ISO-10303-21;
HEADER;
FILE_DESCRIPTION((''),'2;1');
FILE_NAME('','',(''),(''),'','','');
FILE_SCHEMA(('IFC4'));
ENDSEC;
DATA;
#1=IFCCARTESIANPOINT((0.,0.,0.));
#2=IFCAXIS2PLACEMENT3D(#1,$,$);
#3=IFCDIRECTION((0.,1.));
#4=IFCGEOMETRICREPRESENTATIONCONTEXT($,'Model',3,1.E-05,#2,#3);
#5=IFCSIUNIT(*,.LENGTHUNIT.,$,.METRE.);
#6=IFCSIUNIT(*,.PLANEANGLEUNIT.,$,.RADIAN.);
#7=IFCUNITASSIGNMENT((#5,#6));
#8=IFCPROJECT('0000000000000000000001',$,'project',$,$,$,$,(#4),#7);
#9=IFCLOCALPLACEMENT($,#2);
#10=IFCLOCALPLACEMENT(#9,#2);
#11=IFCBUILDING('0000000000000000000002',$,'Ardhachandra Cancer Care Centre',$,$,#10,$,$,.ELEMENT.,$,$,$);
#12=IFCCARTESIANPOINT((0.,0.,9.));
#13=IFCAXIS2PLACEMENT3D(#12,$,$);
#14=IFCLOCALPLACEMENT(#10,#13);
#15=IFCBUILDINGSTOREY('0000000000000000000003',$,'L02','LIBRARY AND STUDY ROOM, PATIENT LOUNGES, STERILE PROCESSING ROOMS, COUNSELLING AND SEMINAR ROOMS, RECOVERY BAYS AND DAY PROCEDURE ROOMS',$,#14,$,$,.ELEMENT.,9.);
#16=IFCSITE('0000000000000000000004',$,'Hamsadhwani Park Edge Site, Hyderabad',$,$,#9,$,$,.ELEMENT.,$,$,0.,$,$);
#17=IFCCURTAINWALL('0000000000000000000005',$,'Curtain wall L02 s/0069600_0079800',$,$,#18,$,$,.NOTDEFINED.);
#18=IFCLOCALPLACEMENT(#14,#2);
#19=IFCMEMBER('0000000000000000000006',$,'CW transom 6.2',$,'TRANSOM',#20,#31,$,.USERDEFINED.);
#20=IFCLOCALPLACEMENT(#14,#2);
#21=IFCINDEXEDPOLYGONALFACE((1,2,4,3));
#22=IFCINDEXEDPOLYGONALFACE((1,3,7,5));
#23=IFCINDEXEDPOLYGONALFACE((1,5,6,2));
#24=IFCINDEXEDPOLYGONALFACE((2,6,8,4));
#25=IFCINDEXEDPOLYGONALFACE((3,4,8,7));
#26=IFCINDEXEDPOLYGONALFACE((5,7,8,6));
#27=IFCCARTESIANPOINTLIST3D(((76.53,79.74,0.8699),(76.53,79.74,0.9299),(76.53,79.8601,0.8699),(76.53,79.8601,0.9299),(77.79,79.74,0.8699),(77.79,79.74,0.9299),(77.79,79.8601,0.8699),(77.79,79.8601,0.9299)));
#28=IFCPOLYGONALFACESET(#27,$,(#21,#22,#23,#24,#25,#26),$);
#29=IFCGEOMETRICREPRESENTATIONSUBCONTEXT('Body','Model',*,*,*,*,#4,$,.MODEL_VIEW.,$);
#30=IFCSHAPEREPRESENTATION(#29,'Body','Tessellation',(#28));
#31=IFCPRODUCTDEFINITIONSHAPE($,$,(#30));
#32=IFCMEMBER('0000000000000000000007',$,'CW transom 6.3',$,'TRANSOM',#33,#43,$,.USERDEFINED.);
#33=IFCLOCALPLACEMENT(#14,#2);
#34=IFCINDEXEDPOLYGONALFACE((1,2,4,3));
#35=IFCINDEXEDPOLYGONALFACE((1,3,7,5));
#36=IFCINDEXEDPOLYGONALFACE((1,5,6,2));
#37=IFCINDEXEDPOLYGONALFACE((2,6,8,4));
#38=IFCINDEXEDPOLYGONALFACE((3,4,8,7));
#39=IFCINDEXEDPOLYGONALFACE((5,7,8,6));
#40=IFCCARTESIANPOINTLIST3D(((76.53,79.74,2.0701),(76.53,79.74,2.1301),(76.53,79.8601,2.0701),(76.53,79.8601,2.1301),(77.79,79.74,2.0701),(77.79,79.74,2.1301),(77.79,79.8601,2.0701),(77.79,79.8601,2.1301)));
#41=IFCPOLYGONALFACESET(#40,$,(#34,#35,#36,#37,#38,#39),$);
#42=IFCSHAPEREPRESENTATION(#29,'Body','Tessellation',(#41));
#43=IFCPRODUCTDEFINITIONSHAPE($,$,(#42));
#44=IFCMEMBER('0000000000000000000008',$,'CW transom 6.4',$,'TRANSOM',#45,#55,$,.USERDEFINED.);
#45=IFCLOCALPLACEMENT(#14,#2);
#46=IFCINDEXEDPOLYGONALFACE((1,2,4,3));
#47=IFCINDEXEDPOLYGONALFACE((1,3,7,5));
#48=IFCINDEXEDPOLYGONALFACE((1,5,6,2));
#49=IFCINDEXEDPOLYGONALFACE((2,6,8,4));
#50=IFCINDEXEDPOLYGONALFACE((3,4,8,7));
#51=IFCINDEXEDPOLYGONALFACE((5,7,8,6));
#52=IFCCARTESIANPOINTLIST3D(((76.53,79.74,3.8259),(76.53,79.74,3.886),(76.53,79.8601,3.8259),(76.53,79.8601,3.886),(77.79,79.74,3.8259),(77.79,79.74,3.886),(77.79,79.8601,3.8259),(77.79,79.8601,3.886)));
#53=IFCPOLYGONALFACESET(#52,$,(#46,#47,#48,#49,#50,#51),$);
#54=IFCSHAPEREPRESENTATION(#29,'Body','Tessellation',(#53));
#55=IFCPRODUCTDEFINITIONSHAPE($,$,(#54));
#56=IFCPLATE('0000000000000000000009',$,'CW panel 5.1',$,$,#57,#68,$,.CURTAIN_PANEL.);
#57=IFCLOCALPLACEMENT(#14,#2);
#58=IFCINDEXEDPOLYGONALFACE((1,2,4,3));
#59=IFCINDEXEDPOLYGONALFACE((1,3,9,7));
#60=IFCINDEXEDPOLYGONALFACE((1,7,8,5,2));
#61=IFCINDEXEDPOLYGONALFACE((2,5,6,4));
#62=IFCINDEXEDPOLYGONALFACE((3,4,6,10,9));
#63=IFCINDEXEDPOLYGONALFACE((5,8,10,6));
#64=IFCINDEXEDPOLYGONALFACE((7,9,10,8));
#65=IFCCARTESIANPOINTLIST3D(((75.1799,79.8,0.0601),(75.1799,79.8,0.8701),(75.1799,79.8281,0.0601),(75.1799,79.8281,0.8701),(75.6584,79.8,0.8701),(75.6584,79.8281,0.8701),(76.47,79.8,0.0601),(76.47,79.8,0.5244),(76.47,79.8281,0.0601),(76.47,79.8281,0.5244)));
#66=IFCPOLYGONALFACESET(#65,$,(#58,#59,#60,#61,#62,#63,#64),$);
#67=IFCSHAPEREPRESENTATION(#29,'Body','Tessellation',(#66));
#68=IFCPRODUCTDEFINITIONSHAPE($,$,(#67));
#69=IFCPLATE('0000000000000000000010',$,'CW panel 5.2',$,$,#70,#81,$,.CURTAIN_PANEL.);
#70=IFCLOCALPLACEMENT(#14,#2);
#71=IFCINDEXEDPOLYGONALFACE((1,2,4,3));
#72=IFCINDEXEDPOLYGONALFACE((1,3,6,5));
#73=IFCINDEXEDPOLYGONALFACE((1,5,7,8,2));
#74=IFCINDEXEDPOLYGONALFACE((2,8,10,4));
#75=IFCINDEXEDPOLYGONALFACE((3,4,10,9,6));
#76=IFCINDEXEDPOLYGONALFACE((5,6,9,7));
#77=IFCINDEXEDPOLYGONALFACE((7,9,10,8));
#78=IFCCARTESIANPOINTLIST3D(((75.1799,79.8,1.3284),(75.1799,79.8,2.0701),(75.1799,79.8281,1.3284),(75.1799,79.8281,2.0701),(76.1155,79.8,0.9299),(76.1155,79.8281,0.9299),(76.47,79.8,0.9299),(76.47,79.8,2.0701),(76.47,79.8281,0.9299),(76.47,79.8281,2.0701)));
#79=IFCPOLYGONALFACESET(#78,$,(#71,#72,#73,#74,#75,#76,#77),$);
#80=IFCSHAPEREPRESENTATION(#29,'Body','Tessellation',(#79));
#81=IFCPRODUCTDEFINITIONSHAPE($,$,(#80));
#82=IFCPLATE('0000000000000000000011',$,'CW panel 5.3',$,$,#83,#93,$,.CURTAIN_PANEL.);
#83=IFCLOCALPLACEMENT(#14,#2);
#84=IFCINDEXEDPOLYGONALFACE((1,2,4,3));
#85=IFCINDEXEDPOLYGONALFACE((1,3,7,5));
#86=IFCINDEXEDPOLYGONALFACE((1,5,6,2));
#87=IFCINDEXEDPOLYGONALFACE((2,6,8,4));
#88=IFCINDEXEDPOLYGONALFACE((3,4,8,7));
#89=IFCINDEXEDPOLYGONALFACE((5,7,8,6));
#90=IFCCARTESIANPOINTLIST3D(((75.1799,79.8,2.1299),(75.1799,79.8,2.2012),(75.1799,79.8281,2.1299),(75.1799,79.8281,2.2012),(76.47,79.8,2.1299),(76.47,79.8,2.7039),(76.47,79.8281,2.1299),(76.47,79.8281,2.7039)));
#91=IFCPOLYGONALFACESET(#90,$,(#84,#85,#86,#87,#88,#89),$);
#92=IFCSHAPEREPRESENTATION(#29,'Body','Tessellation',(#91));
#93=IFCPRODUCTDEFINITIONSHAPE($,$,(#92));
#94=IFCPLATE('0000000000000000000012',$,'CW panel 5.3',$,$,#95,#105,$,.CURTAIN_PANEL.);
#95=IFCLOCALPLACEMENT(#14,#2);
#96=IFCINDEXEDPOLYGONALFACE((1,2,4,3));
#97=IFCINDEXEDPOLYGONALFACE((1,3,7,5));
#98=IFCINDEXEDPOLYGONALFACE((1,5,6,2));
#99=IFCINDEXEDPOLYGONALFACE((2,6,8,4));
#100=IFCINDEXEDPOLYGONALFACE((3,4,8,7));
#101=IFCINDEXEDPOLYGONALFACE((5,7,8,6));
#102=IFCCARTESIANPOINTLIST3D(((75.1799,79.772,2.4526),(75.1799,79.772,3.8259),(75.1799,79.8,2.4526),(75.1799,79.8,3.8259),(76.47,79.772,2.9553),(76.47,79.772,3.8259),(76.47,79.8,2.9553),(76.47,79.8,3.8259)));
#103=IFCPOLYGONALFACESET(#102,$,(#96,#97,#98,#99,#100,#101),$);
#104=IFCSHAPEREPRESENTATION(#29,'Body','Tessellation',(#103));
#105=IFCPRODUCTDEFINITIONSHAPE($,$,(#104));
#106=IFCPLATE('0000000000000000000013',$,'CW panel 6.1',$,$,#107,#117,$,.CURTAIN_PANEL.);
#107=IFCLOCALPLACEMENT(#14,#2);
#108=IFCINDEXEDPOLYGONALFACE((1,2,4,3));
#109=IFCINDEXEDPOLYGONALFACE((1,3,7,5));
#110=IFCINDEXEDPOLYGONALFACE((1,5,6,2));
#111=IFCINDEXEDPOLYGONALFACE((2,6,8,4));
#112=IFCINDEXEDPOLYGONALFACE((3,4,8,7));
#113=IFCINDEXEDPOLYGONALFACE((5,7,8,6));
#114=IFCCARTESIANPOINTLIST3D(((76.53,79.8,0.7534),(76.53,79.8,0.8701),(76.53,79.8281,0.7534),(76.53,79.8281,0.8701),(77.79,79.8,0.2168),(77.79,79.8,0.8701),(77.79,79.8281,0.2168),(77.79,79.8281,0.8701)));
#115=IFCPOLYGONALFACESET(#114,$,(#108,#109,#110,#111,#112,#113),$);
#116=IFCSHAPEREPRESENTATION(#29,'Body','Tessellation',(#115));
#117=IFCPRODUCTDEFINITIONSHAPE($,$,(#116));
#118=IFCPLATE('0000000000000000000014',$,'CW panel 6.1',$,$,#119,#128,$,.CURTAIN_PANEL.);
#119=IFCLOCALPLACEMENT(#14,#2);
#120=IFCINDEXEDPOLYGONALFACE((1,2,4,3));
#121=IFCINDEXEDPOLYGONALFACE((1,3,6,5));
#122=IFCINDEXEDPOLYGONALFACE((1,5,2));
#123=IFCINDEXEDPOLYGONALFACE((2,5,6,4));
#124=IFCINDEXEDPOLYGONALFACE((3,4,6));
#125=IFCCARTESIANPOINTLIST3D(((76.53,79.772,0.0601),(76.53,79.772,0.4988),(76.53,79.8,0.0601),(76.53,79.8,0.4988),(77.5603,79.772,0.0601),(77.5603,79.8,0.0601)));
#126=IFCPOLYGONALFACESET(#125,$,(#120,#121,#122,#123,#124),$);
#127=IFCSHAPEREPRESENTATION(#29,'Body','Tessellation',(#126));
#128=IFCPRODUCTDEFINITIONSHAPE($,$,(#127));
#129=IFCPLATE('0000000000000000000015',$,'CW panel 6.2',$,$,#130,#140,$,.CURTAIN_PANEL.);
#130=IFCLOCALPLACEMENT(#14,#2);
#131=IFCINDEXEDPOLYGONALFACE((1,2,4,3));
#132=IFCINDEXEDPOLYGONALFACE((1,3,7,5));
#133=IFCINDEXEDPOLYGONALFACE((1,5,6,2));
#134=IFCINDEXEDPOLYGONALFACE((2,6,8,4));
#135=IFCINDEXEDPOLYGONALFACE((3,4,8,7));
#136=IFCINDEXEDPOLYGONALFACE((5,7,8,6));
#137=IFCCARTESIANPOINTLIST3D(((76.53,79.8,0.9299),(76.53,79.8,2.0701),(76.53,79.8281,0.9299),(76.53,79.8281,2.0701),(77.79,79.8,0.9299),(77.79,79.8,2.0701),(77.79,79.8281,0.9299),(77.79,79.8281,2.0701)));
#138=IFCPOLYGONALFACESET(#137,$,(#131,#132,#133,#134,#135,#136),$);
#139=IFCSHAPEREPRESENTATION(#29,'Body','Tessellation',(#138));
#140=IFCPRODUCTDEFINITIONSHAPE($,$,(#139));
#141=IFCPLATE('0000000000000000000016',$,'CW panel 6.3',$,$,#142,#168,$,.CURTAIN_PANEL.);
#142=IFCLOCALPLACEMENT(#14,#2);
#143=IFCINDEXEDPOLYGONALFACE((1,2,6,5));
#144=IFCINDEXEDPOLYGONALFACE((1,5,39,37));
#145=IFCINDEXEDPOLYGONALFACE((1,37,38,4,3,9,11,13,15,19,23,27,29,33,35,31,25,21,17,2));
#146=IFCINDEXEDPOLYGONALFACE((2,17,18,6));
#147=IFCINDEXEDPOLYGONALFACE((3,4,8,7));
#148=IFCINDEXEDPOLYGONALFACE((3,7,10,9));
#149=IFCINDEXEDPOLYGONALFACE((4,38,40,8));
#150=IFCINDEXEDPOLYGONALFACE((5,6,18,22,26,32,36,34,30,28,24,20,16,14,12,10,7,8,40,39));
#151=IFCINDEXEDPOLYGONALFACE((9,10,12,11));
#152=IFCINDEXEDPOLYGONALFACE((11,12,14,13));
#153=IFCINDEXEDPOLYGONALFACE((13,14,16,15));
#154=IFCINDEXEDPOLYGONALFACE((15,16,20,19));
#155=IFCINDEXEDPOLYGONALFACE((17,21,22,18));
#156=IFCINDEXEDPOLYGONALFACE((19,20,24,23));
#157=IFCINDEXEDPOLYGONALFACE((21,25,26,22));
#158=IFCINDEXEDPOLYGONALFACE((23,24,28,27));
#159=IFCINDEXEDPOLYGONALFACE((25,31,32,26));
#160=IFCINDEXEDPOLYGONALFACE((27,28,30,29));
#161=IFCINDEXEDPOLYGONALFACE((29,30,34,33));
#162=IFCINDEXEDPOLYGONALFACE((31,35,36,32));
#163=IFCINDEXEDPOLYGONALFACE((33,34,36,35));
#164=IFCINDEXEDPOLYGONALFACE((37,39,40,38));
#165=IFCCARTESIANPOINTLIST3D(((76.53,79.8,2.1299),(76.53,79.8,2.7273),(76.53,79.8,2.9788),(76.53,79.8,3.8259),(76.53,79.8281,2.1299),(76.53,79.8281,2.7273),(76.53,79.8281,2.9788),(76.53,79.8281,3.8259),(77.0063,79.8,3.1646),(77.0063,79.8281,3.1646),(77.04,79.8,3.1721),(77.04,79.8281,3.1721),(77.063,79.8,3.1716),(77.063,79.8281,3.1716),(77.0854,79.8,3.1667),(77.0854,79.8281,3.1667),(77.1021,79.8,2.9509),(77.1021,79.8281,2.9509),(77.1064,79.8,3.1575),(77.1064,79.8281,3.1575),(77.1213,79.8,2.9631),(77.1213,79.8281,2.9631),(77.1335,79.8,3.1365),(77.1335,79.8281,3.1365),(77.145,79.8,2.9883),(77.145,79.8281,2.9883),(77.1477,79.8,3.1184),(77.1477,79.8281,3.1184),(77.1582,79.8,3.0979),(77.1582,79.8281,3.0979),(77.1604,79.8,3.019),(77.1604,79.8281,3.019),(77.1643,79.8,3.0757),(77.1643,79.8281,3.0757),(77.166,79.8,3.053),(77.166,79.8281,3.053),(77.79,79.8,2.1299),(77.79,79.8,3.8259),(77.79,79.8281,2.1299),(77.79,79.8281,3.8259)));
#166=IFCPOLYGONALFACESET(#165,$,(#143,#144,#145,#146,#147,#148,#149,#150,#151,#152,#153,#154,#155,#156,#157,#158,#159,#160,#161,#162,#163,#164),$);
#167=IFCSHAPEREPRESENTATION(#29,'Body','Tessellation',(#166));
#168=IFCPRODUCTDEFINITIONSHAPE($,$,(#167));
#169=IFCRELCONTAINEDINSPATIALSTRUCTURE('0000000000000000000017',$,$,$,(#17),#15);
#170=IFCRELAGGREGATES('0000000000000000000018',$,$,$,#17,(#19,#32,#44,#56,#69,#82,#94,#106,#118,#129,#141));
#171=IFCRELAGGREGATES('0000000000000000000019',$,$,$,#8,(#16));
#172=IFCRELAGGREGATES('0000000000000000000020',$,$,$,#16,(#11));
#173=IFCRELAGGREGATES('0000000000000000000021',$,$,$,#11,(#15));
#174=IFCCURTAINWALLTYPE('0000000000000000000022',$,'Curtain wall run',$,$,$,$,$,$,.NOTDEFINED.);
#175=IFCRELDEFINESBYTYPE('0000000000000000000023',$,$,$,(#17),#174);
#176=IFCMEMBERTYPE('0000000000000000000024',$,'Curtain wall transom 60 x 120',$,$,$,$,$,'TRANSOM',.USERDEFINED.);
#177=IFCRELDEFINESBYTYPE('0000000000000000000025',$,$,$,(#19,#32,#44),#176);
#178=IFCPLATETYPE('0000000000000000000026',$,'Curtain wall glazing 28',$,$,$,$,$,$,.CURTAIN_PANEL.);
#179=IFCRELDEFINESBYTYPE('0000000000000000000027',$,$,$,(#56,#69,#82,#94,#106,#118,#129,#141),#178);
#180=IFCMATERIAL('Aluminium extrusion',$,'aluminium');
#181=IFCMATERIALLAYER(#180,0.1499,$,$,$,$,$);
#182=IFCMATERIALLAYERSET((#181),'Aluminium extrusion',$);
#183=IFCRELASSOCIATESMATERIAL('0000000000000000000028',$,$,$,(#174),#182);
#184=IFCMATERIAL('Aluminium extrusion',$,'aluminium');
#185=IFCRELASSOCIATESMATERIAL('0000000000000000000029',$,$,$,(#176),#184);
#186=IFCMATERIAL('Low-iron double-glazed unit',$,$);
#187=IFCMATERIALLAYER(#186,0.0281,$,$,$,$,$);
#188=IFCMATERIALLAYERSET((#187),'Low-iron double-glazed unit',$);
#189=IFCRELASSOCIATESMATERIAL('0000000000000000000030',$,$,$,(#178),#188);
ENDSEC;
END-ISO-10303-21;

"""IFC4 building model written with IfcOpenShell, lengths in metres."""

from ifc_helpers import new_model, si_unit, direction, frame, origin, origin_2d, place, context, subcontext, project, spatial, polyline, rectangle, outline, extrude, material, layer, layer_set, material_profile, profile_set, type_object, element, aggregate, save


model = new_model("IFC4")

# Units and contexts
model_context = context("Model", 3, precision=1e-05, world=origin(), true_north=direction((0.0, 1.0)))
body_context = subcontext(model_context, "Body", "Model", "MODEL_VIEW")
ifc_project = project(units=[si_unit("LENGTHUNIT", "METRE"), si_unit("PLANEANGLEUNIT", "RADIAN")], contexts=[model_context])

# Site, building, storey
site_placement = place(None, origin())
site = spatial("IfcSite", under=ifc_project, at=site_placement, Name="Hamsadhwani Park Edge Site, Hyderabad", CompositionType="ELEMENT", RefElevation=0.0)
building_placement = place(site_placement, origin())
building = spatial("IfcBuilding", under=site, at=building_placement, Name="Ardhachandra Cancer Care Centre", CompositionType="ELEMENT")
storey_placement = place(building_placement, frame((0.0, 0.0, 9.0)))
storey = spatial("IfcBuildingStorey", under=building, at=storey_placement, Name="L02", Description="LIBRARY AND STUDY ROOM, PATIENT LOUNGES, STERILE PROCESSING ROOMS, COUNSELLING AND SEMINAR ROOMS, RECOVERY BAYS AND DAY PROCEDURE ROOMS", CompositionType="ELEMENT", Elevation=9.0)

# Curtain wall, members, plates
ifc_material_1 = material(Name="Aluminium extrusion", Category="aluminium")
ifc_layer_1 = layer(ifc_material_1, 0.1499)
ifc_layer_set_1 = layer_set([ifc_layer_1], Name="Aluminium extrusion")
curtain_wall_type = type_object("IfcCurtainWallType", Name="Curtain wall run", PredefinedType="NOTDEFINED", material=ifc_layer_set_1)
curtain_wall_placement = place(storey_placement, origin())
curtain_wall = element("IfcCurtainWall", 1, at=curtain_wall_placement, inside=storey, type_object=curtain_wall_type, Name="Curtain wall L02 s/0069600_0079800", PredefinedType="NOTDEFINED")
ifc_material_2 = material(Name="Aluminium extrusion", Category="aluminium")
ifc_material_profile_1 = material_profile(ifc_material_2, rectangle(XDim=0.1201, YDim=0.0601, at=origin_2d()), Name="Curtain wall transom 60 x 120")
ifc_profile_set_1 = profile_set([ifc_material_profile_1], Name="Aluminium extrusion")
member_type_1 = type_object("IfcMemberType", Name="Curtain wall transom 60 x 120", ElementType="TRANSOM", PredefinedType="USERDEFINED", material=ifc_profile_set_1)
member_1_placement = place(storey_placement, frame((76.53, 79.8, 0.8999), z_axis=(1.0, 0.0, 0.0), x_axis=(0.0, 1.0, 0.0)))
member_1 = element("IfcMember", 2, at=member_1_placement, type_object=member_type_1, Name="CW transom 6.2", ObjectType="TRANSOM", PredefinedType="USERDEFINED", context=body_context, shape_type="SweptSolid", body=[
    extrude(rectangle(XDim=0.1201, YDim=0.0601, at=origin_2d()), origin(), (0.0, 0.0, 1.0), 1.26),
])
member_2_placement = place(storey_placement, frame((76.53, 79.8, 2.1001), z_axis=(1.0, 0.0, 0.0), x_axis=(0.0, 1.0, 0.0)))
member_2 = element("IfcMember", 3, at=member_2_placement, type_object=member_type_1, Name="CW transom 6.3", ObjectType="TRANSOM", PredefinedType="USERDEFINED", context=body_context, shape_type="SweptSolid", body=[
    extrude(rectangle(XDim=0.1201, YDim=0.0601, at=origin_2d()), origin(), (0.0, 0.0, 1.0), 1.26),
])
member_3_placement = place(storey_placement, frame((76.53, 79.8, 3.856), z_axis=(1.0, 0.0, 0.0), x_axis=(0.0, 1.0, 0.0)))
member_3 = element("IfcMember", 4, at=member_3_placement, type_object=member_type_1, Name="CW transom 6.4", ObjectType="TRANSOM", PredefinedType="USERDEFINED", context=body_context, shape_type="SweptSolid", body=[
    extrude(rectangle(XDim=0.1201, YDim=0.0601, at=origin_2d()), origin(), (0.0, 0.0, 1.0), 1.26),
])
ifc_material_3 = material(Name="Low-iron double-glazed unit")
ifc_layer_2 = layer(ifc_material_3, 0.0281)
ifc_layer_set_2 = layer_set([ifc_layer_2], Name="Low-iron double-glazed unit")
plate_type = type_object("IfcPlateType", Name="Curtain wall glazing 28", PredefinedType="CURTAIN_PANEL", material=ifc_layer_set_2)
plate_1_placement = place(storey_placement, frame((76.47, 79.8, 0.0601), z_axis=(0.0, 1.0, 0.0), x_axis=(-1.0, 0.0, 0.0)))
plate_1 = element("IfcPlate", 5, at=plate_1_placement, type_object=plate_type, Name="CW panel 5.1", PredefinedType="CURTAIN_PANEL", context=body_context, shape_type="SweptSolid", body=[
    extrude(outline(polyline([(0.0, 0.0), (1.29, 0.0), (1.29, 0.8101), (0.8115, 0.8101), (0.0, 0.4644), (0.0, 0.0)])), origin(), (0.0, 0.0, 1.0), 0.0281),
])
plate_2_placement = place(storey_placement, frame((75.1799, 79.8, 2.0701), z_axis=(0.0, 1.0, 0.0), x_axis=(1.0, 0.0, 0.0)))
plate_2 = element("IfcPlate", 6, at=plate_2_placement, type_object=plate_type, Name="CW panel 5.2", PredefinedType="CURTAIN_PANEL", context=body_context, shape_type="SweptSolid", body=[
    extrude(outline(polyline([(0.0, 0.0), (1.29, 0.0), (1.29, 1.1401), (0.9355, 1.1401), (0.0, 0.7417), (0.0, 0.0)])), origin(), (0.0, 0.0, 1.0), 0.0281),
])
plate_3_placement = place(storey_placement, frame((76.47, 79.8, 2.1299), z_axis=(0.0, 1.0, 0.0), x_axis=(-1.0, 0.0, 0.0)))
plate_3 = element("IfcPlate", 7, at=plate_3_placement, type_object=plate_type, Name="CW panel 5.3", PredefinedType="CURTAIN_PANEL", context=body_context, shape_type="SweptSolid", body=[
    extrude(outline(polyline([(0.0, 0.0), (1.29, 0.0), (1.29, 0.0713), (0.0, 0.574), (0.0, 0.0)])), origin(), (0.0, 0.0, 1.0), 0.0281),
])
plate_4_placement = place(storey_placement, frame((75.1799, 79.8, 3.8259), z_axis=(0.0, 1.0, 0.0), x_axis=(1.0, 0.0, 0.0)))
plate_4 = element("IfcPlate", 8, at=plate_4_placement, type_object=plate_type, Name="CW panel 5.3", PredefinedType="CURTAIN_PANEL", context=body_context, shape_type="SweptSolid", body=[
    extrude(outline(polyline([(0.0, 0.0), (1.29, 0.0), (1.29, 0.8706), (0.0, 1.3733), (0.0, 0.0)])), frame((0.0, 0.0, -0.0281)), (0.0, 0.0, 1.0), 0.0281),
])
plate_5_placement = place(storey_placement, frame((76.53, 79.8, 0.8701), z_axis=(0.0, 1.0, 0.0), x_axis=(1.0, 0.0, 0.0)))
plate_5 = element("IfcPlate", 9, at=plate_5_placement, type_object=plate_type, Name="CW panel 6.1", PredefinedType="CURTAIN_PANEL", context=body_context, shape_type="SweptSolid", body=[
    extrude(outline(polyline([(0.0, 0.0), (1.26, 0.0), (1.26, 0.6533), (0.0, 0.1167), (0.0, 0.0)])), origin(), (0.0, 0.0, 1.0), 0.0281),
])
plate_6_placement = place(storey_placement, frame((76.53, 79.8, 0.0601), z_axis=(0.0, 1.0, 0.0), x_axis=(0.0, 0.0, 1.0)))
plate_6 = element("IfcPlate", 10, at=plate_6_placement, type_object=plate_type, Name="CW panel 6.1", PredefinedType="CURTAIN_PANEL", context=body_context, shape_type="SweptSolid", body=[
    extrude(outline(polyline([(0.0, 0.0), (0.4387, 0.0), (0.0, 1.0303), (0.0, 0.0)])), frame((0.0, 0.0, -0.0281)), (0.0, 0.0, 1.0), 0.0281),
])
plate_7_placement = place(storey_placement, frame((76.53, 79.8, 0.9299), z_axis=(0.0, 1.0, 0.0), x_axis=(0.0, 0.0, 1.0)))
plate_7 = element("IfcPlate", 11, at=plate_7_placement, type_object=plate_type, Name="CW panel 6.2", PredefinedType="CURTAIN_PANEL", context=body_context, shape_type="SweptSolid", body=[
    extrude(outline(polyline([(0.0, 0.0), (1.1401, 0.0), (1.1401, 1.26), (0.0, 1.26), (0.0, 0.0)])), origin(), (0.0, 0.0, 1.0), 0.0281),
])
plate_8_placement = place(storey_placement, frame((76.53, 79.8, 3.8259), z_axis=(0.0, 1.0, 0.0), x_axis=(1.0, 0.0, 0.0)))
plate_8 = element("IfcPlate", 12, at=plate_8_placement, type_object=plate_type, Name="CW panel 6.3", PredefinedType="CURTAIN_PANEL", context=body_context, shape_type="SweptSolid", body=[
    extrude(outline(polyline([(0.0, 0.0), (1.26, 0.0), (1.26, 1.696), (0.0, 1.696), (0.0, 1.0986), (0.572, 0.875), (0.5913, 0.8628), (0.615, 0.8376), (0.6304, 0.8069), (0.636, 0.7729), (0.6343, 0.7502), (0.6282, 0.728), (0.6177, 0.7075), (0.6035, 0.6895), (0.5764, 0.6685), (0.5554, 0.6592), (0.533, 0.6543), (0.51, 0.6538), (0.4763, 0.6614), (0.0, 0.8472), (0.0, 0.0)])), origin(), (0.0, 0.0, 1.0), 0.0281),
])
aggregate(curtain_wall, [member_1, member_2, member_3, plate_1, plate_2, plate_3, plate_4, plate_5, plate_6, plate_7, plate_8])

save(model, "model.ifc")
